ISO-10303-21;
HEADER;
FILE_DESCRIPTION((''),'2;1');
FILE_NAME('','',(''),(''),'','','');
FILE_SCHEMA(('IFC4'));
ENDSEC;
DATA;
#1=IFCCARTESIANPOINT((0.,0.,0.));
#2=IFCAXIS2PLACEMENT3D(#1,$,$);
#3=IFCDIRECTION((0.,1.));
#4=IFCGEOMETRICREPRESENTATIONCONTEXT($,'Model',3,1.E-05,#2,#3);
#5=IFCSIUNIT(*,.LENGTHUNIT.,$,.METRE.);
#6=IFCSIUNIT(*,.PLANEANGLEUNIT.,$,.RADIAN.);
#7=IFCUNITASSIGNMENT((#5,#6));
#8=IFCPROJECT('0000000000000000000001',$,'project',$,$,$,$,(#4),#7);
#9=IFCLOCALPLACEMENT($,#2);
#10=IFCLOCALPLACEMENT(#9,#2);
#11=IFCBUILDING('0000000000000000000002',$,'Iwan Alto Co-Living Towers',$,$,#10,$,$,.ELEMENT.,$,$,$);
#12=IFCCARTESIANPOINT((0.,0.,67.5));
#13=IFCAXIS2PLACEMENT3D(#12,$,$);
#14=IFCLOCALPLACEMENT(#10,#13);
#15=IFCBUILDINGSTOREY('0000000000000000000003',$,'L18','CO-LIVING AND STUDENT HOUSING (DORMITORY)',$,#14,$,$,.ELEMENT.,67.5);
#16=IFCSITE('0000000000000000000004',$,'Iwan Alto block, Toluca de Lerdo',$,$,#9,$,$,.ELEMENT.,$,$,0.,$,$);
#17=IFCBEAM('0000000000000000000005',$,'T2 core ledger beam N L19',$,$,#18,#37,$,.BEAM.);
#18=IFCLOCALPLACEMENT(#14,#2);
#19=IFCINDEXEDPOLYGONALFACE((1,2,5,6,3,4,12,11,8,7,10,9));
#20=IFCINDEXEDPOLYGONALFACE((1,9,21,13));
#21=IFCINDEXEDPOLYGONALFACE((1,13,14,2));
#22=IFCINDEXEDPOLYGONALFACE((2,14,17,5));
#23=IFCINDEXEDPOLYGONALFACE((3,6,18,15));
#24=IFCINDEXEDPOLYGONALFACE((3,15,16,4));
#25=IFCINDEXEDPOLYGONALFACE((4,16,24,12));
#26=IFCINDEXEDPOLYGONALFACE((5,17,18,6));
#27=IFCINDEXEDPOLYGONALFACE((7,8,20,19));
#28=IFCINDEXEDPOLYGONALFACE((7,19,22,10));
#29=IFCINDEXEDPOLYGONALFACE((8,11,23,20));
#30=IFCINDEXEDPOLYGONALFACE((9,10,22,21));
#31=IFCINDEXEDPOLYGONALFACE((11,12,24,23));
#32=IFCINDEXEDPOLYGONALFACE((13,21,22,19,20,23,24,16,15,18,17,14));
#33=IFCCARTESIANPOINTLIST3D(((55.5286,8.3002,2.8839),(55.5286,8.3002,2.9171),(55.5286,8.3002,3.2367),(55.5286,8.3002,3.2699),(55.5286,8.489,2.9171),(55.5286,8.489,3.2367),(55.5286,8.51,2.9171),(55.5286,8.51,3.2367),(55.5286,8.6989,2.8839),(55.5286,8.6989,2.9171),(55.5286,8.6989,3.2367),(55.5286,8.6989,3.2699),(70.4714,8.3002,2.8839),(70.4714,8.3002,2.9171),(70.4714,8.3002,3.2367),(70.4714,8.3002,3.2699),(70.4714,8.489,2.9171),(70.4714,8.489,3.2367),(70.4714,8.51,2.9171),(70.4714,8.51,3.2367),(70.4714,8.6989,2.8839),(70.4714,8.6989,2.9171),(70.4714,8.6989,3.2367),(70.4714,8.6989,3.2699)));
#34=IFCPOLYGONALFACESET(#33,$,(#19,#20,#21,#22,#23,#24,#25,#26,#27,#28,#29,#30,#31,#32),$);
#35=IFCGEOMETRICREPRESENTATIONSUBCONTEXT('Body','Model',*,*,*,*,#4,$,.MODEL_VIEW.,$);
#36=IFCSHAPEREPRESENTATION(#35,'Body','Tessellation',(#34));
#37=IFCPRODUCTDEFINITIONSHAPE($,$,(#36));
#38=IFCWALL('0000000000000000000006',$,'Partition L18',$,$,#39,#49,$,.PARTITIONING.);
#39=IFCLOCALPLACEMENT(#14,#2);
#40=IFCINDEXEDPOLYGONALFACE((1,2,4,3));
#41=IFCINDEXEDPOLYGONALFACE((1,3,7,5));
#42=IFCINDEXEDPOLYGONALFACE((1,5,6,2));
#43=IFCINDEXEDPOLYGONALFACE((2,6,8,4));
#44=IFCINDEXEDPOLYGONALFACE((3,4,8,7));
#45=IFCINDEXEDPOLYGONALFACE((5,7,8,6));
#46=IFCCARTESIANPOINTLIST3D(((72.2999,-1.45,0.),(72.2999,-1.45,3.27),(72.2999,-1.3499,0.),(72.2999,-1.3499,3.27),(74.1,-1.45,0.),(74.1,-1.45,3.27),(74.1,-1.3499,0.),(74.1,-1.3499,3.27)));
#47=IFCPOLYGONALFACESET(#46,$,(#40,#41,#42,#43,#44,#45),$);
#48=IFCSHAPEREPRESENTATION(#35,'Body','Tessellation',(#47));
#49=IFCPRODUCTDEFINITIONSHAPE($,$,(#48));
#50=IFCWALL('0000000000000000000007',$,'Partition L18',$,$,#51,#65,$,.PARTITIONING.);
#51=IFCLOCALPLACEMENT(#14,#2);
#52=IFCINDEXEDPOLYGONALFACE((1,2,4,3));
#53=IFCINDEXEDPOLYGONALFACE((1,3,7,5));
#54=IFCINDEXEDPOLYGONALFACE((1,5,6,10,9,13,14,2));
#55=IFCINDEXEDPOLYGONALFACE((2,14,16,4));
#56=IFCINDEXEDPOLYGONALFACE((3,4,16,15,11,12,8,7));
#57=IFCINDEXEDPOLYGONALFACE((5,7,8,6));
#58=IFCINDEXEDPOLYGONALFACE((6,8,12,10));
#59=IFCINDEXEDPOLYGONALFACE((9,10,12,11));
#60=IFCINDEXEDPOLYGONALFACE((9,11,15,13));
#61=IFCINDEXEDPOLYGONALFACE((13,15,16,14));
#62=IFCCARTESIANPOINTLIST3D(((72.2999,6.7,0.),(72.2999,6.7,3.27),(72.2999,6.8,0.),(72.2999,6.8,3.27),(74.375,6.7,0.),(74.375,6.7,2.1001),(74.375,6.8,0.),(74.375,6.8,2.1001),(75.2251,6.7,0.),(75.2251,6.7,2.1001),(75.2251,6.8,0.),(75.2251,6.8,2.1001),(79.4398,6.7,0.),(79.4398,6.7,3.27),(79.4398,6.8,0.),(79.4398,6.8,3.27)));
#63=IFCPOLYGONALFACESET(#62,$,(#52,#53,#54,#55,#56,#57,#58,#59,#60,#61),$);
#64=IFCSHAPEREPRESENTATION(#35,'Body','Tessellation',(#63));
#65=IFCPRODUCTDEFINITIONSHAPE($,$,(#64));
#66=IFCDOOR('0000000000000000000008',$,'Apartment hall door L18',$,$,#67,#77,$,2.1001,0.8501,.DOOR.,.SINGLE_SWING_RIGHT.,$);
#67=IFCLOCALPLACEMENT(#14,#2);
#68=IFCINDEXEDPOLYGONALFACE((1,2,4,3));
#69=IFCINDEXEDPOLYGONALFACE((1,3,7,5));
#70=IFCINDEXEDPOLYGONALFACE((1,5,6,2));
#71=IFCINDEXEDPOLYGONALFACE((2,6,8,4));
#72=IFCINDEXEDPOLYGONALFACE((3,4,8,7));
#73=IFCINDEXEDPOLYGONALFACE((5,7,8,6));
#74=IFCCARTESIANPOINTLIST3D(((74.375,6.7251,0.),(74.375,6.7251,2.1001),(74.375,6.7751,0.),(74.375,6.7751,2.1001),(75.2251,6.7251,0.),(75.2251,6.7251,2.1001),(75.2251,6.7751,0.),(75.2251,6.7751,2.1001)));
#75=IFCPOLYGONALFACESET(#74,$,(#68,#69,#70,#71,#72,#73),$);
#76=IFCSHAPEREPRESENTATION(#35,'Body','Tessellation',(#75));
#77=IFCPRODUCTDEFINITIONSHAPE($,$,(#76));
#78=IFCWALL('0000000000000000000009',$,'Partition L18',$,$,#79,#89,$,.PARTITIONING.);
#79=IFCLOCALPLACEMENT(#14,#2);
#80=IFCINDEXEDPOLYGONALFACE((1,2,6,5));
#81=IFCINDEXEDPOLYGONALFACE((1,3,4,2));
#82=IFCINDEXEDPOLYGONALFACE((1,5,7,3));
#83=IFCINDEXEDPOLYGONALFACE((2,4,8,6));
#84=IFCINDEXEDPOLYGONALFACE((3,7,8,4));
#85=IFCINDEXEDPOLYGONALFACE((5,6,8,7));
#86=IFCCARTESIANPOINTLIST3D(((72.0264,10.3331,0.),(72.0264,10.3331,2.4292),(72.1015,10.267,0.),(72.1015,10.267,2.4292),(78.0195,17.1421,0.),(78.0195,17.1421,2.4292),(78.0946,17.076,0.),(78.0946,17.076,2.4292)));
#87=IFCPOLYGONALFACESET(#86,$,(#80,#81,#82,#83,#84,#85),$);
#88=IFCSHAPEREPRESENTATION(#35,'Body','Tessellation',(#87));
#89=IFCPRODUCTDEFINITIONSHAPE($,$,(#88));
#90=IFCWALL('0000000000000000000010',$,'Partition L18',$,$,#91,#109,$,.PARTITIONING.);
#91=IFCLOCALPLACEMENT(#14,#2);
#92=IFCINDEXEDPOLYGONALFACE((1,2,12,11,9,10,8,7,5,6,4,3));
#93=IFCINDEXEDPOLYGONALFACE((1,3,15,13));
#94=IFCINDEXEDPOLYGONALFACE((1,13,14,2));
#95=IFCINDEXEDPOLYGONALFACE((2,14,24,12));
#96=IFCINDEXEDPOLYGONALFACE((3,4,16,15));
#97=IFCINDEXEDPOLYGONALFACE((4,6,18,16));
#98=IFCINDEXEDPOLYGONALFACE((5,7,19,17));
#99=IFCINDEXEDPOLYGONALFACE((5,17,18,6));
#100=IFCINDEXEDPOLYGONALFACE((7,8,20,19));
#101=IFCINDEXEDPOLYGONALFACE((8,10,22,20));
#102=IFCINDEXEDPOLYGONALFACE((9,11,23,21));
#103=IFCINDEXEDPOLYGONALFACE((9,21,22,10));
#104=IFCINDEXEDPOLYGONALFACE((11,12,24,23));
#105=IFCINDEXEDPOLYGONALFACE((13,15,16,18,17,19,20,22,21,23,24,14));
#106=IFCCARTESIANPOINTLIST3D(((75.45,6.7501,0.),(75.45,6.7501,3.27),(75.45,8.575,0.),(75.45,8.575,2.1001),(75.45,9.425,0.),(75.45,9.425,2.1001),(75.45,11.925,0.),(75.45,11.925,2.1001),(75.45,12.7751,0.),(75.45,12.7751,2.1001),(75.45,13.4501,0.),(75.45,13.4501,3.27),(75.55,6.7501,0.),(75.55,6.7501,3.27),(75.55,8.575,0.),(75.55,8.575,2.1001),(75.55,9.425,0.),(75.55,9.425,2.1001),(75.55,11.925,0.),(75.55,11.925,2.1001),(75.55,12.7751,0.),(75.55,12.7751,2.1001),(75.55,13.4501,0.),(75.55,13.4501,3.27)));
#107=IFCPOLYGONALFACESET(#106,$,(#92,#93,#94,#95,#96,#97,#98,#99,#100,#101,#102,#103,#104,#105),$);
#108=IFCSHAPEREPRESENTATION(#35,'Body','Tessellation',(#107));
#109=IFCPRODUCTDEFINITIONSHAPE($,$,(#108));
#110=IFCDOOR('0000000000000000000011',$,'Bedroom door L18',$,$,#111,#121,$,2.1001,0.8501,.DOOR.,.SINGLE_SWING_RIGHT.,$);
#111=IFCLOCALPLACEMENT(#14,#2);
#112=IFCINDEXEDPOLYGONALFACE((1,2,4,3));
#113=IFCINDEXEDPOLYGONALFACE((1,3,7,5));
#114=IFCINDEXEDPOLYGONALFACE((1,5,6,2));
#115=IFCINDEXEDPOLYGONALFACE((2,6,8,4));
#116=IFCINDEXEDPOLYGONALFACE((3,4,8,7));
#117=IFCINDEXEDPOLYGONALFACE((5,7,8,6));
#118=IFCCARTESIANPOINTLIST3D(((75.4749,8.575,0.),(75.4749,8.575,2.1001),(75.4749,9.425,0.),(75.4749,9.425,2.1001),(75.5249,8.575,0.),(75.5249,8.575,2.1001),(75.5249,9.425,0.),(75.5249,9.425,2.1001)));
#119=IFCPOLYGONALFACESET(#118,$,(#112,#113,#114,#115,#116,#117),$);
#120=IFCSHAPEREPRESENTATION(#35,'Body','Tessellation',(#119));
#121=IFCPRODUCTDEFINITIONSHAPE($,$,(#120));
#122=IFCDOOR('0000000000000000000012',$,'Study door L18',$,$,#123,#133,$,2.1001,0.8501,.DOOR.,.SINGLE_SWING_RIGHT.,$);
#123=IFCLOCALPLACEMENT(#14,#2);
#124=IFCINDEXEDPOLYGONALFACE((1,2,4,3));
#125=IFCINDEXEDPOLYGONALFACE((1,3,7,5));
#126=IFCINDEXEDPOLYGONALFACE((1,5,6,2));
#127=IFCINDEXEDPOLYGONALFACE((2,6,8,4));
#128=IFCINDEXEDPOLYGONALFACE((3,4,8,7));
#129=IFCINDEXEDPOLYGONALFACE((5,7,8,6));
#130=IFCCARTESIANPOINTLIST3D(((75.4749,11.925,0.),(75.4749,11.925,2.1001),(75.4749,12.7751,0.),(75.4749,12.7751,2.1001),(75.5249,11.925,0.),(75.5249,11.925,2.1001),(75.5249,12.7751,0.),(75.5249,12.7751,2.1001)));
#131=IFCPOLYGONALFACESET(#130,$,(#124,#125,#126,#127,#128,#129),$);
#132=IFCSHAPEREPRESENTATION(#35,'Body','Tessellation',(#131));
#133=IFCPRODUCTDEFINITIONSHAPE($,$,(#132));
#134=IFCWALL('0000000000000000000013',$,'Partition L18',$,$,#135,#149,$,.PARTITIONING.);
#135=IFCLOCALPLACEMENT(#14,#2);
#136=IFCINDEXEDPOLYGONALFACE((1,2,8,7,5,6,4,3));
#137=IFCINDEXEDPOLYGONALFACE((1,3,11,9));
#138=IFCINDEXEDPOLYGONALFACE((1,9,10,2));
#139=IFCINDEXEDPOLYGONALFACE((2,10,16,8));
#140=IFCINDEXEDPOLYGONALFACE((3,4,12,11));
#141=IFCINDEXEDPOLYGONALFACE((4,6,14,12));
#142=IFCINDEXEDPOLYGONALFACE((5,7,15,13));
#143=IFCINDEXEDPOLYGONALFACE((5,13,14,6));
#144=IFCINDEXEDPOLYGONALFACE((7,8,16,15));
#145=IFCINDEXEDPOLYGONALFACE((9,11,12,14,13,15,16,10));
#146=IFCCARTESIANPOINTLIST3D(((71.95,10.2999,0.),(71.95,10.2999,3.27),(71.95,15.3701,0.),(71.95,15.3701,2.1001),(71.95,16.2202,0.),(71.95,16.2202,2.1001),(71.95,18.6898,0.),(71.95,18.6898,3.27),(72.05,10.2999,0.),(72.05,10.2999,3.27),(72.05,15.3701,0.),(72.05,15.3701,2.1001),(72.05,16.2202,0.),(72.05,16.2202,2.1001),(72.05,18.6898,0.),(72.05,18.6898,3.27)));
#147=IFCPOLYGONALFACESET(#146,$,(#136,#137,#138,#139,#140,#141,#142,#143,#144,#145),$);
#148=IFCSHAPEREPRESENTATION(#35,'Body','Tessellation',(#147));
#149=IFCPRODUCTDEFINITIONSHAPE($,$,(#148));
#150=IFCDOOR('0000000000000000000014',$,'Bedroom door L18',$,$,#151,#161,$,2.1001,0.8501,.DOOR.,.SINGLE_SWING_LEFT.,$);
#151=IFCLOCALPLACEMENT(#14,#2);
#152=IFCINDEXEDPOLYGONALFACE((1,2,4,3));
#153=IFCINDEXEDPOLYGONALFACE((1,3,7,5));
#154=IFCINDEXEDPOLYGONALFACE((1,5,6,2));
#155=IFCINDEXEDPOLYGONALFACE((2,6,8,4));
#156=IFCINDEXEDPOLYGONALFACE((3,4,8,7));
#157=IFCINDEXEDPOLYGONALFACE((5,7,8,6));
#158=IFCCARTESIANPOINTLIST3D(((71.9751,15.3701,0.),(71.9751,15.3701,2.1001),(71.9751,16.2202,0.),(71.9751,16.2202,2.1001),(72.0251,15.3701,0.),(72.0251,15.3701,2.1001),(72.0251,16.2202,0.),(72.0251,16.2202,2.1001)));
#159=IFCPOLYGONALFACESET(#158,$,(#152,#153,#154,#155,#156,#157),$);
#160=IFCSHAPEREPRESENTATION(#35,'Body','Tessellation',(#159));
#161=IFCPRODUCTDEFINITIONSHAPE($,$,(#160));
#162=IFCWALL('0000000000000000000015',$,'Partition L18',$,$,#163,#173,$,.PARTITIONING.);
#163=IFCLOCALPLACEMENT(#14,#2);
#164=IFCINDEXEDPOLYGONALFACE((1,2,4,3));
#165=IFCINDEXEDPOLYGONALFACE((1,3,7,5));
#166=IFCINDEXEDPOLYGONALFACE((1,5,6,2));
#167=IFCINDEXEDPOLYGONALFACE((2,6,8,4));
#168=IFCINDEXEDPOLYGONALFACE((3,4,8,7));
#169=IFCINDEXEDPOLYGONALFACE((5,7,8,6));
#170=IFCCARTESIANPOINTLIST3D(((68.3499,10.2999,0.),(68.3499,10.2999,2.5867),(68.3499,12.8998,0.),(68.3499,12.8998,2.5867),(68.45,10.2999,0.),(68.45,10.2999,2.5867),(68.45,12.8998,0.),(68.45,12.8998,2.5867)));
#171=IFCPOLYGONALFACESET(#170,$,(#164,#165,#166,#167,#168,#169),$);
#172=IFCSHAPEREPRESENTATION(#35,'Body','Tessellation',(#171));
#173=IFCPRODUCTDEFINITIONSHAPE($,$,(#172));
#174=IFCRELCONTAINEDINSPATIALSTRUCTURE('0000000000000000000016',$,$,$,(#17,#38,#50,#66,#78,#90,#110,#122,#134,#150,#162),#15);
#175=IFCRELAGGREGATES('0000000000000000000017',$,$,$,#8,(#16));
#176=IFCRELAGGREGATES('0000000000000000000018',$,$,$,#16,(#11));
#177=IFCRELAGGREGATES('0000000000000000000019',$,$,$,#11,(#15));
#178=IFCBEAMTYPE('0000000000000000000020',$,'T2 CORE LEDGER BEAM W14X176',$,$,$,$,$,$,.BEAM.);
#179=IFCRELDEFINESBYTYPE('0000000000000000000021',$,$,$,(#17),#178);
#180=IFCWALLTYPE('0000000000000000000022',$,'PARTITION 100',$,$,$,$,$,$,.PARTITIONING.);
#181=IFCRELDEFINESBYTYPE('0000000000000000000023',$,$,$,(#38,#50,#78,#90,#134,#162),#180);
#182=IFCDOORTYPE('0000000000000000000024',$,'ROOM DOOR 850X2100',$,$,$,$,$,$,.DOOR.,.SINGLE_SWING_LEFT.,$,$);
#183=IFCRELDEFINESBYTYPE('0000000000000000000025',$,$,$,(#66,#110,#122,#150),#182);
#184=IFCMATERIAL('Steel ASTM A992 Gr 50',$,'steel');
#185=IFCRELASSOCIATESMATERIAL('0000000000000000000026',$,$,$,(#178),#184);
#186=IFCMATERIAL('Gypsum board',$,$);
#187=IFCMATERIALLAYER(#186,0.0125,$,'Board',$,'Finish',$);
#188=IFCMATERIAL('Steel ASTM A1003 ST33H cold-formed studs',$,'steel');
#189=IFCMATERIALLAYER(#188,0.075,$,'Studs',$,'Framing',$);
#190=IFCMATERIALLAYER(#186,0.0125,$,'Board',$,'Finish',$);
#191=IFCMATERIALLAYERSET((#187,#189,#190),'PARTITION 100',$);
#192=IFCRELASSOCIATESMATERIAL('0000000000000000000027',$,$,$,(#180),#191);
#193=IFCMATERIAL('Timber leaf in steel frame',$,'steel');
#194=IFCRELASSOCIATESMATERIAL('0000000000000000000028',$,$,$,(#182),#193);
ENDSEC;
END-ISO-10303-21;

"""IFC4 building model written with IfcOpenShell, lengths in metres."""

from ifc_helpers import new_model, si_unit, direction, frame, frame_2d, origin, origin_2d, place, context, subcontext, project, spatial, rectangle, i_section, extrude, material, layer, layer_set, material_profile, profile_set, type_object, element, fill, save


model = new_model("IFC4")

# Units and contexts
model_context = context("Model", 3, precision=1e-05, world=origin(), true_north=direction((0.0, 1.0)))
body_context = subcontext(model_context, "Body", "Model", "MODEL_VIEW")
ifc_project = project(units=[si_unit("LENGTHUNIT", "METRE"), si_unit("PLANEANGLEUNIT", "RADIAN")], contexts=[model_context])

# Site, building, storey
site_placement = place(None, origin())
site = spatial("IfcSite", under=ifc_project, at=site_placement, Name="Iwan Alto block, Toluca de Lerdo", CompositionType="ELEMENT", RefElevation=0.0)
building_placement = place(site_placement, origin())
building = spatial("IfcBuilding", under=site, at=building_placement, Name="Iwan Alto Co-Living Towers", CompositionType="ELEMENT")
storey_placement = place(building_placement, frame((0.0, 0.0, 67.5)))
storey = spatial("IfcBuildingStorey", under=building, at=storey_placement, Name="L18", Description="CO-LIVING AND STUDENT HOUSING (DORMITORY)", CompositionType="ELEMENT", Elevation=67.5)

# Beam
ifc_material_1 = material(Name="Steel ASTM A992 Gr 50", Category="steel")
ifc_material_profile = material_profile(ifc_material_1, i_section(OverallWidth=0.3987, OverallDepth=0.386, WebThickness=0.021, FlangeThickness=0.0332, at=origin_2d()), Name="W14X176")
ifc_profile_set = profile_set([ifc_material_profile], Name="Steel ASTM A992 Gr 50")
beam_type = type_object("IfcBeamType", Name="T2 CORE LEDGER BEAM W14X176", PredefinedType="BEAM", material=ifc_profile_set)
beam_placement = place(storey_placement, frame((70.4714, 8.4995, 3.0769), z_axis=(-1.0, 0.0, 0.0), x_axis=(0.0, -1.0, 0.0)))
element("IfcBeam", 1, at=beam_placement, inside=storey, type_object=beam_type, Name="T2 core ledger beam N L19", PredefinedType="BEAM", context=body_context, shape_type="SweptSolid", body=[
    extrude(i_section(OverallWidth=0.3987, OverallDepth=0.386, WebThickness=0.021, FlangeThickness=0.0332, at=origin_2d()), origin(), (0.0, 0.0, 1.0), 14.9429),
])

# Wall
ifc_material_2 = material(Name="Gypsum board")
ifc_layer_1 = layer(ifc_material_2, 0.0125, Name="Board", Category="Finish")
ifc_material_3 = material(Name="Steel ASTM A1003 ST33H cold-formed studs", Category="steel")
ifc_layer_2 = layer(ifc_material_3, 0.075, Name="Studs", Category="Framing")
ifc_layer_3 = layer(ifc_material_2, 0.0125, Name="Board", Category="Finish")
ifc_layer_set_1 = layer_set([ifc_layer_1, ifc_layer_2, ifc_layer_3], Name="PARTITION 100")
wall_type_1 = type_object("IfcWallType", Name="PARTITION 100", PredefinedType="PARTITIONING", material=ifc_layer_set_1)
wall_1_placement = place(storey_placement, frame((72.3, -1.3999, 0.0), z_axis=(0.0, 0.0, 1.0), x_axis=(1.0, 0.0, 0.0)))
element("IfcWall", 2, at=wall_1_placement, inside=storey, type_object=wall_type_1, Name="Partition L18", PredefinedType="PARTITIONING", context=body_context, shape_type="SweptSolid", body=[
    extrude(rectangle(XDim=1.8, YDim=0.1001, at=frame_2d((0.8999, 0.0))), origin(), (0.0, 0.0, 1.0), 3.27),
])

# Wall, opening, door
wall_2_placement = place(storey_placement, frame((72.3, 6.75, 0.0), z_axis=(0.0, 0.0, 1.0), x_axis=(1.0, 0.0, 0.0)))
wall_2 = element("IfcWall", 3, at=wall_2_placement, inside=storey, type_object=wall_type_1, Name="Partition L18", PredefinedType="PARTITIONING", context=body_context, shape_type="SweptSolid", body=[
    extrude(rectangle(XDim=7.1399, YDim=0.1001, at=frame_2d((3.5698, 0.0))), origin(), (0.0, 0.0, 1.0), 3.27),
])
opening_1_placement = place(wall_2_placement, frame((2.075, 0.0, 0.0)))
opening_1 = element("IfcOpeningElement", 4, at=opening_1_placement, cuts=wall_2, PredefinedType="OPENING", context=body_context, shape_type="SweptSolid", body=[
    extrude(rectangle(XDim=0.8501, YDim=2.1001, at=frame_2d((0.425, 1.05))), frame((0.0, 0.0601, 0.0), z_axis=(0.0, -1.0, 0.0), x_axis=(1.0, 0.0, 0.0)), (0.0, 0.0, 1.0), 0.1201),
])
ifc_material_4 = material(Name="Timber leaf in steel frame", Category="steel")
door_type_1 = type_object("IfcDoorType", Name="ROOM DOOR 850X2100", OperationType="SINGLE_SWING_LEFT", PredefinedType="DOOR", material=ifc_material_4)
door_1_placement = place(opening_1_placement, frame((0.8501, 0.0, 0.0), z_axis=(0.0, 0.0, 1.0), x_axis=(-1.0, 0.0, 0.0)))
door_1 = element("IfcDoor", 5, at=door_1_placement, inside=storey, type_object=door_type_1, Name="Apartment hall door L18", OperationType="SINGLE_SWING_RIGHT", OverallHeight=2.1001, OverallWidth=0.8501, PredefinedType="DOOR", context=body_context, shape_type="SweptSolid", body=[
    extrude(rectangle(XDim=0.8501, YDim=2.1001, at=frame_2d((0.425, 1.05))), frame((0.0, 0.0249, 0.0), z_axis=(0.0, -1.0, 0.0), x_axis=(1.0, 0.0, 0.0)), (0.0, 0.0, 1.0), 0.05),
])
fill(opening_1, door_1)

# Wall
wall_3_placement = place(storey_placement, frame((72.064, 10.3, 0.0), z_axis=(0.0, 0.0, 1.0), x_axis=(0.660701, 0.750649, 0.0)))
element("IfcWall", 6, at=wall_3_placement, inside=storey, type_object=wall_type_1, Name="Partition L18", PredefinedType="PARTITIONING", context=body_context, shape_type="SweptSolid", body=[
    extrude(rectangle(XDim=9.0708, YDim=0.1001, at=frame_2d((4.5354, 0.0))), origin(), (0.0, 0.0, 1.0), 2.4292),
])

# Wall, openings, doors
wall_4_placement = place(storey_placement, frame((75.5, 6.75, 0.0), z_axis=(0.0, 0.0, 1.0), x_axis=(0.0, 1.0, 0.0)))
wall_4 = element("IfcWall", 7, at=wall_4_placement, inside=storey, type_object=wall_type_1, Name="Partition L18", PredefinedType="PARTITIONING", context=body_context, shape_type="SweptSolid", body=[
    extrude(rectangle(XDim=6.7, YDim=0.1001, at=frame_2d((3.3501, 0.0))), origin(), (0.0, 0.0, 1.0), 3.27),
])
opening_2_placement = place(wall_4_placement, frame((1.825, 0.0, 0.0)))
opening_2 = element("IfcOpeningElement", 8, at=opening_2_placement, cuts=wall_4, PredefinedType="OPENING", context=body_context, shape_type="SweptSolid", body=[
    extrude(rectangle(XDim=0.8501, YDim=2.1001, at=frame_2d((0.425, 1.05))), frame((0.0, 0.0601, 0.0), z_axis=(0.0, -1.0, 0.0), x_axis=(1.0, 0.0, 0.0)), (0.0, 0.0, 1.0), 0.1201),
])
opening_3_placement = place(wall_4_placement, frame((5.175, 0.0, 0.0)))
opening_3 = element("IfcOpeningElement", 9, at=opening_3_placement, cuts=wall_4, PredefinedType="OPENING", context=body_context, shape_type="SweptSolid", body=[
    extrude(rectangle(XDim=0.8501, YDim=2.1001, at=frame_2d((0.425, 1.05))), frame((0.0, 0.0601, 0.0), z_axis=(0.0, -1.0, 0.0), x_axis=(1.0, 0.0, 0.0)), (0.0, 0.0, 1.0), 0.1201),
])
door_2_placement = place(opening_2_placement, frame((0.8501, 0.0, 0.0), z_axis=(0.0, 0.0, 1.0), x_axis=(-1.0, 0.0, 0.0)))
door_2 = element("IfcDoor", 10, at=door_2_placement, inside=storey, type_object=door_type_1, Name="Bedroom door L18", OperationType="SINGLE_SWING_RIGHT", OverallHeight=2.1001, OverallWidth=0.8501, PredefinedType="DOOR", context=body_context, shape_type="SweptSolid", body=[
    extrude(rectangle(XDim=0.8501, YDim=2.1001, at=frame_2d((0.425, 1.05))), frame((0.0, 0.0249, 0.0), z_axis=(0.0, -1.0, 0.0), x_axis=(1.0, 0.0, 0.0)), (0.0, 0.0, 1.0), 0.05),
])
fill(opening_2, door_2)
door_3_placement = place(opening_3_placement, frame((0.8501, 0.0, 0.0), z_axis=(0.0, 0.0, 1.0), x_axis=(-1.0, 0.0, 0.0)))
door_3 = element("IfcDoor", 11, at=door_3_placement, inside=storey, type_object=door_type_1, Name="Study door L18", OperationType="SINGLE_SWING_RIGHT", OverallHeight=2.1001, OverallWidth=0.8501, PredefinedType="DOOR", context=body_context, shape_type="SweptSolid", body=[
    extrude(rectangle(XDim=0.8501, YDim=2.1001, at=frame_2d((0.425, 1.05))), frame((0.0, 0.0249, 0.0), z_axis=(0.0, -1.0, 0.0), x_axis=(1.0, 0.0, 0.0)), (0.0, 0.0, 1.0), 0.05),
])
fill(opening_3, door_3)

# Wall, opening, door
wall_5_placement = place(storey_placement, frame((72.0, 10.3, 0.0), z_axis=(0.0, 0.0, 1.0), x_axis=(0.0, 1.0, 0.0)))
wall_5 = element("IfcWall", 12, at=wall_5_placement, inside=storey, type_object=wall_type_1, Name="Partition L18", PredefinedType="PARTITIONING", context=body_context, shape_type="SweptSolid", body=[
    extrude(rectangle(XDim=8.3899, YDim=0.1001, at=frame_2d((4.1948, 0.0))), origin(), (0.0, 0.0, 1.0), 3.27),
])
opening_4_placement = place(wall_5_placement, frame((5.0701, 0.0, 0.0)))
opening_4 = element("IfcOpeningElement", 13, at=opening_4_placement, cuts=wall_5, PredefinedType="OPENING", context=body_context, shape_type="SweptSolid", body=[
    extrude(rectangle(XDim=0.8501, YDim=2.1001, at=frame_2d((0.425, 1.05))), frame((0.0, 0.0601, 0.0), z_axis=(0.0, -1.0, 0.0), x_axis=(1.0, 0.0, 0.0)), (0.0, 0.0, 1.0), 0.1201),
])
door_4_placement = place(opening_4_placement, origin())
door_4 = element("IfcDoor", 14, at=door_4_placement, inside=storey, type_object=door_type_1, Name="Bedroom door L18", OperationType="SINGLE_SWING_LEFT", OverallHeight=2.1001, OverallWidth=0.8501, PredefinedType="DOOR", context=body_context, shape_type="SweptSolid", body=[
    extrude(rectangle(XDim=0.8501, YDim=2.1001, at=frame_2d((0.425, 1.05))), frame((0.0, 0.0249, 0.0), z_axis=(0.0, -1.0, 0.0), x_axis=(1.0, 0.0, 0.0)), (0.0, 0.0, 1.0), 0.05),
])
fill(opening_4, door_4)

# Wall
wall_6_placement = place(storey_placement, frame((68.3999, 10.3, 0.0), z_axis=(0.0, 0.0, 1.0), x_axis=(0.0, 1.0, 0.0)))
element("IfcWall", 15, at=wall_6_placement, inside=storey, type_object=wall_type_1, Name="Partition L18", PredefinedType="PARTITIONING", context=body_context, shape_type="SweptSolid", body=[
    extrude(rectangle(XDim=2.5999, YDim=0.1001, at=frame_2d((1.2998, 0.0))), origin(), (0.0, 0.0, 1.0), 2.5867),
])

save(model, "model.ifc")
